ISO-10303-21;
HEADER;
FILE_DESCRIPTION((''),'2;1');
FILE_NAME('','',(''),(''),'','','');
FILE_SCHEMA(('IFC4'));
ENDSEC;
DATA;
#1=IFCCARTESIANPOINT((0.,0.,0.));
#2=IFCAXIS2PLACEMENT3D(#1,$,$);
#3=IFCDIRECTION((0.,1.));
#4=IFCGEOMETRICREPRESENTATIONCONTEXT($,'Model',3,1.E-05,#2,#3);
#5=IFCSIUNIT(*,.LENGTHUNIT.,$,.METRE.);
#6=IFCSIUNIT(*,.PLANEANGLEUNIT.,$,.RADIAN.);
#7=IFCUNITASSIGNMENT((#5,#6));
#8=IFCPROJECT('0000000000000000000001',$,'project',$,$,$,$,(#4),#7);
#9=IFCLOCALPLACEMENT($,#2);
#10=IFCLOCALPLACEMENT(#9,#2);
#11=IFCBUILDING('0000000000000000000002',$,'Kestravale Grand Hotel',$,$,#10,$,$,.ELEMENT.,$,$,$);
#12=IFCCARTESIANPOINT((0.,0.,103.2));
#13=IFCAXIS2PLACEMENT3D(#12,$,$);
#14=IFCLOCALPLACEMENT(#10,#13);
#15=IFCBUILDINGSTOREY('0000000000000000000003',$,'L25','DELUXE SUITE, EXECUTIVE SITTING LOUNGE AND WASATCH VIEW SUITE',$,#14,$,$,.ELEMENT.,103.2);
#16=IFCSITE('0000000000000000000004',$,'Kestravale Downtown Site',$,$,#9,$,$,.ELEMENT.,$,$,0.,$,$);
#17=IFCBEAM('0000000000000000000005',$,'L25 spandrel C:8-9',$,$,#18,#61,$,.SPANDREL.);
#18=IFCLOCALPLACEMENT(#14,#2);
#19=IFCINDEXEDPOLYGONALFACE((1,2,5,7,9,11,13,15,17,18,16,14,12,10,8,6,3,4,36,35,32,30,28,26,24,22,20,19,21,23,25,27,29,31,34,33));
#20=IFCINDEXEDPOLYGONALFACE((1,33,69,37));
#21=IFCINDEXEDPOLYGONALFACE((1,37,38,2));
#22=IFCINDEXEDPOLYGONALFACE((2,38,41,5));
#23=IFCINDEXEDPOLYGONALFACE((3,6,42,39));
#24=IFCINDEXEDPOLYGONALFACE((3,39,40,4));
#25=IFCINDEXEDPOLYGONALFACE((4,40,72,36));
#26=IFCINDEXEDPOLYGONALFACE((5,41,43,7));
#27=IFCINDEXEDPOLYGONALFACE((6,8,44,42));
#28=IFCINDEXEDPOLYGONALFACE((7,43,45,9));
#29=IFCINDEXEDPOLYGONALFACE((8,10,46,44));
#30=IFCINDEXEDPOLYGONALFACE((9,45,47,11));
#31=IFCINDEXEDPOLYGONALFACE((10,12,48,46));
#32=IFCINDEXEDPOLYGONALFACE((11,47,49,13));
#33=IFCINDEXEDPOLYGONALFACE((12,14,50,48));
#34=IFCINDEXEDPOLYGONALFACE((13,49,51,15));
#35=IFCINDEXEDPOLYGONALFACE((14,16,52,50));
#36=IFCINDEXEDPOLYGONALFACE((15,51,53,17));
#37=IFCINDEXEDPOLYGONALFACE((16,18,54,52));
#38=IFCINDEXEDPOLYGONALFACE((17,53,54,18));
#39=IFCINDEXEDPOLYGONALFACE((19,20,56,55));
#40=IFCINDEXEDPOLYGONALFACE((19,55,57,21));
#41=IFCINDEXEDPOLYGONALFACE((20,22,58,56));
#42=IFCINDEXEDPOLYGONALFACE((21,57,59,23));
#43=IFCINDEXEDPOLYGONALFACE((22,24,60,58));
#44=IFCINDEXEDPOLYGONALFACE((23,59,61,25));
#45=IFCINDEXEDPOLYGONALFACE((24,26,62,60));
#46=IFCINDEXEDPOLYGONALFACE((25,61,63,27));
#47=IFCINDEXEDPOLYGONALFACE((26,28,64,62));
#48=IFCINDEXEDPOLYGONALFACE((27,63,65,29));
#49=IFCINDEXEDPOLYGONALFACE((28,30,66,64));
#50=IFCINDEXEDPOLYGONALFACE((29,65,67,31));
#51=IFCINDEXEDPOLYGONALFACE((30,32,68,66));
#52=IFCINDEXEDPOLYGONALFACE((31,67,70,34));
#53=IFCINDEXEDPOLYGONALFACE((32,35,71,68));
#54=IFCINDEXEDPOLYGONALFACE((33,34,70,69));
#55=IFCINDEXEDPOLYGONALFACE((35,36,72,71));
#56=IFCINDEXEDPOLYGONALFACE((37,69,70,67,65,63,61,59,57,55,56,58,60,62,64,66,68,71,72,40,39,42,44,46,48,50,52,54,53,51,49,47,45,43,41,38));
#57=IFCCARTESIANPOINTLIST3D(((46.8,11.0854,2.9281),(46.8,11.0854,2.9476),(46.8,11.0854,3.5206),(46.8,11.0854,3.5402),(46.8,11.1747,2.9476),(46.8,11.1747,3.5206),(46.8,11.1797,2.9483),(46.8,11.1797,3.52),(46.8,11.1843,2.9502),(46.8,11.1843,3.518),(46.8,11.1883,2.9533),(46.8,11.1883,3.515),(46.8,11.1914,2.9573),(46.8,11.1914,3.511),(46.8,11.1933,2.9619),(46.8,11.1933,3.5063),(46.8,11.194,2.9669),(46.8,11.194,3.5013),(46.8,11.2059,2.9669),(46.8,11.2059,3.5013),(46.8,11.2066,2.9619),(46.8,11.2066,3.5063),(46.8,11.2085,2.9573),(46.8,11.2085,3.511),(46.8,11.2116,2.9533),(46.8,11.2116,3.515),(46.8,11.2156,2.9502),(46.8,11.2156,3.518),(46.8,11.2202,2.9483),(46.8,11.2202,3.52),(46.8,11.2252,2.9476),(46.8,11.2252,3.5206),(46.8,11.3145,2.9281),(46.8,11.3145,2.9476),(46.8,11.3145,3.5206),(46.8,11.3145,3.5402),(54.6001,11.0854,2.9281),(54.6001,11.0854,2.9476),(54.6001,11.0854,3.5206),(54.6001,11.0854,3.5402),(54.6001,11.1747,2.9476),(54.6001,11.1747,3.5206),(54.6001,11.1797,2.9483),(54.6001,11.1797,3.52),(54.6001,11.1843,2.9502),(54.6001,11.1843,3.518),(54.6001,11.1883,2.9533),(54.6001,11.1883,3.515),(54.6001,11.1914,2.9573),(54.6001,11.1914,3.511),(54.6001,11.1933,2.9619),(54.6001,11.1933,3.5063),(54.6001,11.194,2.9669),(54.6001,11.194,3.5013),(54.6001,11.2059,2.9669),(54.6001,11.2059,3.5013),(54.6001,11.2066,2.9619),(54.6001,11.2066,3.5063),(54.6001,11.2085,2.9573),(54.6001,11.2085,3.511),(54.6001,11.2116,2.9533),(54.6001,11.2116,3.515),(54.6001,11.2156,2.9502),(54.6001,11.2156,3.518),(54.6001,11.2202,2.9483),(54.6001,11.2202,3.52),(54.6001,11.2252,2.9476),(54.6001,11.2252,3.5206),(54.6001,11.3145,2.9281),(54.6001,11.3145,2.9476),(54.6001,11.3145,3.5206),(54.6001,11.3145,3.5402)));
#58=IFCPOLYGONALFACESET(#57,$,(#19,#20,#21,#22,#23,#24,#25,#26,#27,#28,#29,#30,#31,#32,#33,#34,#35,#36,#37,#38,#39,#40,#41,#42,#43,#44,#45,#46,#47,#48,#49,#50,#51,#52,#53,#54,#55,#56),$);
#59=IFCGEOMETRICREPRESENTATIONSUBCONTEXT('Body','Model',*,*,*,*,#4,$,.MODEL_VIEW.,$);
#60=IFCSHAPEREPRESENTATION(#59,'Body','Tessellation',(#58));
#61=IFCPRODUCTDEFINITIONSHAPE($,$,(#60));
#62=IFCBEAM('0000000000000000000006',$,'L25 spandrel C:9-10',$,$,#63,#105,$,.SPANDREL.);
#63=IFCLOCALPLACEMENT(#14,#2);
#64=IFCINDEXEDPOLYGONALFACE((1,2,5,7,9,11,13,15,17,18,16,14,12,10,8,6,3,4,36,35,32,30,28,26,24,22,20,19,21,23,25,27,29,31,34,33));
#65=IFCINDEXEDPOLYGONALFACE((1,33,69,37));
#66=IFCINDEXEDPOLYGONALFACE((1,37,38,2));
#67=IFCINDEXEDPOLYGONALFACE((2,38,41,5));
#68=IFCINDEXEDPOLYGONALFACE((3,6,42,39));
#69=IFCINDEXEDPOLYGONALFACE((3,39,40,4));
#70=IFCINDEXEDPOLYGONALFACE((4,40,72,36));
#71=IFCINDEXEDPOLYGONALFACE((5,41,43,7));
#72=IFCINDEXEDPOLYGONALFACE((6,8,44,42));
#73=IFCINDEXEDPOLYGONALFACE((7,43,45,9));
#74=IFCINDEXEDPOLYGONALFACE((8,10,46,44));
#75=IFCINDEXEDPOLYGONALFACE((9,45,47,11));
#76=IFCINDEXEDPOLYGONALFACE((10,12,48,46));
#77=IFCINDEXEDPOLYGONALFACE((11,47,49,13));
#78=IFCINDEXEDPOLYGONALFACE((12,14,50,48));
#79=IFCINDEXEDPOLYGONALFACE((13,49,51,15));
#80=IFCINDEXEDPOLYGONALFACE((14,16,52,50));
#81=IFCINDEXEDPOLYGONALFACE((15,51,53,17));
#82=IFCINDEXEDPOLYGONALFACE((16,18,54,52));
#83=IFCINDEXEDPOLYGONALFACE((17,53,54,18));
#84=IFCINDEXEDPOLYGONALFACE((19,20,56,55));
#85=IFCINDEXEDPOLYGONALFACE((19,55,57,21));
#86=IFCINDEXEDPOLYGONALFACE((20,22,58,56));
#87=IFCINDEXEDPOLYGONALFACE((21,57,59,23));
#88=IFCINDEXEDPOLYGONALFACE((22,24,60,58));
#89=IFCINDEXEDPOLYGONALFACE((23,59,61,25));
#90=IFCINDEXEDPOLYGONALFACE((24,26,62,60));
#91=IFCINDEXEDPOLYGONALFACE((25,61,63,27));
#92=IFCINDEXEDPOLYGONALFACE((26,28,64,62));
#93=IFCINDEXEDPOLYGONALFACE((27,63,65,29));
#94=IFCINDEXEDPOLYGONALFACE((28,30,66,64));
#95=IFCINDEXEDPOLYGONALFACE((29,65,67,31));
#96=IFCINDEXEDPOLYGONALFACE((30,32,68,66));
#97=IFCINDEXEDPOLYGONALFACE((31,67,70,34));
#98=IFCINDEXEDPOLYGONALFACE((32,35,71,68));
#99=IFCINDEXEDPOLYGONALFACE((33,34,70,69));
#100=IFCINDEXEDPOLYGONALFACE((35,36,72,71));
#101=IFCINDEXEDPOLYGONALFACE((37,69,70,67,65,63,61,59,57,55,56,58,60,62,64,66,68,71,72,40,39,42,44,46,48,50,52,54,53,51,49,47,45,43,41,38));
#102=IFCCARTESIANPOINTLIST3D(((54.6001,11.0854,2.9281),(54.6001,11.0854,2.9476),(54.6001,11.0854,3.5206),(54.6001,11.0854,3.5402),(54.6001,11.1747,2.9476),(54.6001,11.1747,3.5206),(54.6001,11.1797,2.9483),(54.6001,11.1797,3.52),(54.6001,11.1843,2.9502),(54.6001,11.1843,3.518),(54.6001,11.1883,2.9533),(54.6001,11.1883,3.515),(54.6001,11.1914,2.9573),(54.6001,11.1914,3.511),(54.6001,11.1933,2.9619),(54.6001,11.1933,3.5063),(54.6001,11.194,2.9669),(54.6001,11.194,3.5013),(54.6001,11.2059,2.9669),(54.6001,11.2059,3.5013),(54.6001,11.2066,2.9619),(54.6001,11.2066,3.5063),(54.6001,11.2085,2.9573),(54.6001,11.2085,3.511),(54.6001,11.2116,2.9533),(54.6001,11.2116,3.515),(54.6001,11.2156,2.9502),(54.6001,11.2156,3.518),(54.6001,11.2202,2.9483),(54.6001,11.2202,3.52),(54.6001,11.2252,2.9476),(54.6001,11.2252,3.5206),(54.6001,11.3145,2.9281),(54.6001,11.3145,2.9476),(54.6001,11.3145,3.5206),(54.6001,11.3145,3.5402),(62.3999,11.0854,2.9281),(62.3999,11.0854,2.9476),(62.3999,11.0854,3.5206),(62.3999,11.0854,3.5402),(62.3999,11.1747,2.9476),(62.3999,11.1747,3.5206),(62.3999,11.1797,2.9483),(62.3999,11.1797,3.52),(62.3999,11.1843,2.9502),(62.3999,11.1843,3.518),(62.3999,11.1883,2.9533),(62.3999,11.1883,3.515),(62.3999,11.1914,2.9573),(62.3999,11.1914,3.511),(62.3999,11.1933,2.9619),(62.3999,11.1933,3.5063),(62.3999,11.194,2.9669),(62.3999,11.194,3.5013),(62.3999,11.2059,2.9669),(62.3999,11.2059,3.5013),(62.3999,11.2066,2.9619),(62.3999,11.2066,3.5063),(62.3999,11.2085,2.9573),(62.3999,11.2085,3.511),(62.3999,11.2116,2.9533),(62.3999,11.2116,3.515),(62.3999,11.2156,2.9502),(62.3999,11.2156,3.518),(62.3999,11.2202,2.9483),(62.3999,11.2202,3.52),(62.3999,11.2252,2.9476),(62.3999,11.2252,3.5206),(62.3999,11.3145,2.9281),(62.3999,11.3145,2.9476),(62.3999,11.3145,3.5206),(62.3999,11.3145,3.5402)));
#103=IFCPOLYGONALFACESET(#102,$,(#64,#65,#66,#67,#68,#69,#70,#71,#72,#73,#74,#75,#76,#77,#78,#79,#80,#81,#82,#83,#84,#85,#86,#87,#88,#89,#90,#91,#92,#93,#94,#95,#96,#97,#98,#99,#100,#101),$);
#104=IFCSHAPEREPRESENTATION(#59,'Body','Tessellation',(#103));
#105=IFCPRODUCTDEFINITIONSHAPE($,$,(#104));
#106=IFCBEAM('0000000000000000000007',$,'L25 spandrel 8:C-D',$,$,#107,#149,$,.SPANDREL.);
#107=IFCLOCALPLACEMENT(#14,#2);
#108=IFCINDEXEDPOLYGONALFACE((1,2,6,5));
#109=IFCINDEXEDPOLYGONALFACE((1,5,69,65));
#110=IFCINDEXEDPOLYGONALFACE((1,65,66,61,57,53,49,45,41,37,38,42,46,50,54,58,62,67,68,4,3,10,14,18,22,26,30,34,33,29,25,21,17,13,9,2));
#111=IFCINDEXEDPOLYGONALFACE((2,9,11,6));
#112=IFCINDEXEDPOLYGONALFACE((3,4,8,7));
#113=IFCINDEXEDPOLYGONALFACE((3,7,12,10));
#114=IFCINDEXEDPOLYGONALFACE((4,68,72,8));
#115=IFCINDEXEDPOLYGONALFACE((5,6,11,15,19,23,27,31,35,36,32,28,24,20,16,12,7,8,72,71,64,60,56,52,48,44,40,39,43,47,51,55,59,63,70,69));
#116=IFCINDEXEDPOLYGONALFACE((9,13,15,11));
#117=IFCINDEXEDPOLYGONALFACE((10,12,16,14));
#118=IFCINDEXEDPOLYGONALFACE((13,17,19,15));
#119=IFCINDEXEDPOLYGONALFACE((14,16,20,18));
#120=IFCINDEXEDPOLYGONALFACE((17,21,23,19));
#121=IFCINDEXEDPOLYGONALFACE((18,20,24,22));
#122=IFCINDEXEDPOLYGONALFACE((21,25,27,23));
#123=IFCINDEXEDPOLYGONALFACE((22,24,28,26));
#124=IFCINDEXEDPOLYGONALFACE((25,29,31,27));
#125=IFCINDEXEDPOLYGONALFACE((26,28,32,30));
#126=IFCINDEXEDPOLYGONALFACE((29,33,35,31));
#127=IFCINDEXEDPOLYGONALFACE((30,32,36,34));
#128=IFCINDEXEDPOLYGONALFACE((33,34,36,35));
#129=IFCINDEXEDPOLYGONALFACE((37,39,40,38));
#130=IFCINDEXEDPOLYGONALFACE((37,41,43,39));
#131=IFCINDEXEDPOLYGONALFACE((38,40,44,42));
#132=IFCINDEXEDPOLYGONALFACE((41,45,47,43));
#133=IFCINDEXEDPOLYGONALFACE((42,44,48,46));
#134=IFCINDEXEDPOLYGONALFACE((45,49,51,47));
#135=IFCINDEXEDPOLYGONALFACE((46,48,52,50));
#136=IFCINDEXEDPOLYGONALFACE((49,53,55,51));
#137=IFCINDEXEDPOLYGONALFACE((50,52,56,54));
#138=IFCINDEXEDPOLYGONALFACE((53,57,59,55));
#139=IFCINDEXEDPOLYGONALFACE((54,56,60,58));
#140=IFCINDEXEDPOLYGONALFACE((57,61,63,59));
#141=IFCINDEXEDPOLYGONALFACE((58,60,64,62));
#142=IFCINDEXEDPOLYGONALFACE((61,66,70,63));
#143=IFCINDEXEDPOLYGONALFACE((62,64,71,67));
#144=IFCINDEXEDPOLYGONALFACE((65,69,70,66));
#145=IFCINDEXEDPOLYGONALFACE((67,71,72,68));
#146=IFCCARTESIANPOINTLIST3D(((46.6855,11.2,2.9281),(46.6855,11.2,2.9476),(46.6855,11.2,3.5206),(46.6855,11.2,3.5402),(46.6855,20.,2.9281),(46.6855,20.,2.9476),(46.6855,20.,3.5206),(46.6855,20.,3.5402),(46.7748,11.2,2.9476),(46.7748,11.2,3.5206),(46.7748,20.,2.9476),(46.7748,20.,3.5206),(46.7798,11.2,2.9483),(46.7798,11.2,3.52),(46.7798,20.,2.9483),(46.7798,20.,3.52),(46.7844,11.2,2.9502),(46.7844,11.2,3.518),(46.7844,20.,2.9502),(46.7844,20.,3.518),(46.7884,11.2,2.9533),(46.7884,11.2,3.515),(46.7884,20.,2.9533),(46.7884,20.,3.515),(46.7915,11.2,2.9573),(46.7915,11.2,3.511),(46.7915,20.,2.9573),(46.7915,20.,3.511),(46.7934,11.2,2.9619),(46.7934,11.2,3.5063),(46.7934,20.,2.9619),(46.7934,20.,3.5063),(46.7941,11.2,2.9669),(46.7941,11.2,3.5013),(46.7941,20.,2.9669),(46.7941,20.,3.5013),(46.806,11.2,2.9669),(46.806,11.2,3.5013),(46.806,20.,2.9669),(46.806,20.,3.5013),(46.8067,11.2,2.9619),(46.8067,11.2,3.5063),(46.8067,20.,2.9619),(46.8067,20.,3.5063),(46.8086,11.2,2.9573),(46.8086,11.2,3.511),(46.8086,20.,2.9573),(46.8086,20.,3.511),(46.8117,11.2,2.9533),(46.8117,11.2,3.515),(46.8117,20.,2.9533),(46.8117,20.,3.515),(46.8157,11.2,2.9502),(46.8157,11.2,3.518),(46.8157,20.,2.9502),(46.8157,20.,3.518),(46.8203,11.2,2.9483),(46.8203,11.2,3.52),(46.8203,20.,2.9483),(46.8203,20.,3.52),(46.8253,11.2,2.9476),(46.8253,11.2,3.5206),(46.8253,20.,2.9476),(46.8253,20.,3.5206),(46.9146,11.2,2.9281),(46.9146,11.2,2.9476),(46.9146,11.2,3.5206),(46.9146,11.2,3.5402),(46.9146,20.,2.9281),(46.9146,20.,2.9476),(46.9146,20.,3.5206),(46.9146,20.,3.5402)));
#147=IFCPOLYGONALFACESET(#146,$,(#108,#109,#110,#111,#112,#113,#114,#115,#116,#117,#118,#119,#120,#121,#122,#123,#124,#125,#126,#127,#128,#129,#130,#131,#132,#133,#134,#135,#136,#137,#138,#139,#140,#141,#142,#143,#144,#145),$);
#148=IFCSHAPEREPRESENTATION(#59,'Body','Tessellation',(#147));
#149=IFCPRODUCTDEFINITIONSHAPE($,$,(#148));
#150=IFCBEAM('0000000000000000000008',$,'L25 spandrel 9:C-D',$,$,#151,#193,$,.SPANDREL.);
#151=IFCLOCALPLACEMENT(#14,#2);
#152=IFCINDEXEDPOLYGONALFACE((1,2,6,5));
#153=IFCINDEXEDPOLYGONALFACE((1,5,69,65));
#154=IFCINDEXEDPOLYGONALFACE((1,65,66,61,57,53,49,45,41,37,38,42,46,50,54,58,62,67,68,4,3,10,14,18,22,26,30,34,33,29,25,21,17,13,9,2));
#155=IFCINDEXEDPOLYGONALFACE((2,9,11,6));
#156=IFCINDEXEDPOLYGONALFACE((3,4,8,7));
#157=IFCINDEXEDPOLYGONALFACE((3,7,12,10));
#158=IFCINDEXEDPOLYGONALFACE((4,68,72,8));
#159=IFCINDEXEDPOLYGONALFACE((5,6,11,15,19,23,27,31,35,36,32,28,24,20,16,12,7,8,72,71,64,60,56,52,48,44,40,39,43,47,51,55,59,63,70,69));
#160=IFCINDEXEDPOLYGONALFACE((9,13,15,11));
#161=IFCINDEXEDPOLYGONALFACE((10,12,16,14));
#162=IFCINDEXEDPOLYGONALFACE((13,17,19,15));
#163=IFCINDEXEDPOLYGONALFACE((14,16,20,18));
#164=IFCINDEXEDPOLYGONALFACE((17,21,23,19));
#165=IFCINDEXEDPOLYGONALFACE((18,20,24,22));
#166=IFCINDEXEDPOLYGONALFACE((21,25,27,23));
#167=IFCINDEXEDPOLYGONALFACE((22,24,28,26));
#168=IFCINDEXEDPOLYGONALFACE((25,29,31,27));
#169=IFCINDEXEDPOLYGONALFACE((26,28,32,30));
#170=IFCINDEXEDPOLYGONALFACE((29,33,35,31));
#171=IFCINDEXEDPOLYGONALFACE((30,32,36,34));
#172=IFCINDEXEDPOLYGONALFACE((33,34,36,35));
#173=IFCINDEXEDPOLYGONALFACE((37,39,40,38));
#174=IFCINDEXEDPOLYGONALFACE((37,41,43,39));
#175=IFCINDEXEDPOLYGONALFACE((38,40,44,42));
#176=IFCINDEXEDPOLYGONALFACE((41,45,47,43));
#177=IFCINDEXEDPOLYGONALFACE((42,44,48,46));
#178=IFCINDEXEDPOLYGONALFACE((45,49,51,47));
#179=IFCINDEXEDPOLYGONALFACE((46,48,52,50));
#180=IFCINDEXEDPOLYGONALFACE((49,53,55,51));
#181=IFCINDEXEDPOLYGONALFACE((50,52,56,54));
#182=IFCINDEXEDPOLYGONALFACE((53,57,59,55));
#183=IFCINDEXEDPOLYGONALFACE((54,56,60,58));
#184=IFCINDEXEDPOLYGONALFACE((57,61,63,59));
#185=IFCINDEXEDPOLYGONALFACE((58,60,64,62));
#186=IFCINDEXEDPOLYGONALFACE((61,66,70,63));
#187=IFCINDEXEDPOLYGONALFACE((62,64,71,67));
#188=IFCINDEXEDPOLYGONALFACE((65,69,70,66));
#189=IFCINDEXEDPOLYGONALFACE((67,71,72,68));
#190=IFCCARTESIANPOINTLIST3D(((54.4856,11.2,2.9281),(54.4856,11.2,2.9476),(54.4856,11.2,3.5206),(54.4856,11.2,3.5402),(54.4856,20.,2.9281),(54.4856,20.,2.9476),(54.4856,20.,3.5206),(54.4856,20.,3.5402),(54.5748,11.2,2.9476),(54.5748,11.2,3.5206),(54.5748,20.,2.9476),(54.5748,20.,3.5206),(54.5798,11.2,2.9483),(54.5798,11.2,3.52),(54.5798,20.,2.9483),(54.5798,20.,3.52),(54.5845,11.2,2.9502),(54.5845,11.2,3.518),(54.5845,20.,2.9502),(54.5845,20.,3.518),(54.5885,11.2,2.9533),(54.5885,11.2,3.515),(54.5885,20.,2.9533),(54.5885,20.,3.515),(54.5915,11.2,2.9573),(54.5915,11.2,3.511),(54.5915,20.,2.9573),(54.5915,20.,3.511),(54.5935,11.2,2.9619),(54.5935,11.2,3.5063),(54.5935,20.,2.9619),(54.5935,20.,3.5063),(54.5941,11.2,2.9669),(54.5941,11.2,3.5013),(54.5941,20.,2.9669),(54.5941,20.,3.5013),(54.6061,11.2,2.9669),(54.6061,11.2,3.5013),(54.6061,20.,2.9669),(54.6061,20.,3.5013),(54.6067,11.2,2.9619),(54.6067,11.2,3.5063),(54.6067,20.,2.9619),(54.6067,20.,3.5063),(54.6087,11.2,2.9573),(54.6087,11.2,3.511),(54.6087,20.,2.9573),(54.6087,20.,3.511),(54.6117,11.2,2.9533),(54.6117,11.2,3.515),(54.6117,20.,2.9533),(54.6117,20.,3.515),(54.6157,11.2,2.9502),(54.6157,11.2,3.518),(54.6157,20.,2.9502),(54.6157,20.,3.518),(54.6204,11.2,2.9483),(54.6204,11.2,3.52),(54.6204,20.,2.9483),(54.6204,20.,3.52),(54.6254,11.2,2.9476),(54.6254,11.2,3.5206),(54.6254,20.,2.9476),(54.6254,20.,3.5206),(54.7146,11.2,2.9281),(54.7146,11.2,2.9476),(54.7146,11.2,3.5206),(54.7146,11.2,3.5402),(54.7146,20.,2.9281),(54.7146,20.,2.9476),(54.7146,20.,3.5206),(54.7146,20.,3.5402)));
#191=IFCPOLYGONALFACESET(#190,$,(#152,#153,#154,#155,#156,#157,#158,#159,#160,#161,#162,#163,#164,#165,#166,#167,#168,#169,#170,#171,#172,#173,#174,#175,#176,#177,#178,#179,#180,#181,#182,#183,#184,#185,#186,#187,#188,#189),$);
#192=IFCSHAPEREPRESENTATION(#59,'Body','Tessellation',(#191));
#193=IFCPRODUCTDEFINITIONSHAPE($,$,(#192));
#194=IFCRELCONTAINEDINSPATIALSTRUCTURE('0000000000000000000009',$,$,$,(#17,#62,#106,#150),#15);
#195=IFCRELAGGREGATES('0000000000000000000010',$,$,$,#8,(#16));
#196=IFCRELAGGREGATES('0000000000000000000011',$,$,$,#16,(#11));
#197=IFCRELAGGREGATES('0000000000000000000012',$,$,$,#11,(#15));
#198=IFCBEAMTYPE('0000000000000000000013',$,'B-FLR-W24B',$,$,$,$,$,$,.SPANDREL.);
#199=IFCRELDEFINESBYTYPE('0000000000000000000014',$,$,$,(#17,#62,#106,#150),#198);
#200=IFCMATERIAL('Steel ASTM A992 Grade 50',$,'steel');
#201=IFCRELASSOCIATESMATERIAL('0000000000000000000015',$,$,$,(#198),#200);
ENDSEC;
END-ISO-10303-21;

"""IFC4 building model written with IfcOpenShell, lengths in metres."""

from ifc_helpers import new_model, si_unit, direction, frame, origin, origin_2d, place, context, subcontext, project, spatial, i_section, extrude, material, material_profile, profile_set, type_object, element, save


model = new_model("IFC4")

# Units and contexts
model_context = context("Model", 3, precision=1e-05, world=origin(), true_north=direction((0.0, 1.0)))
body_context = subcontext(model_context, "Body", "Model", "MODEL_VIEW")
ifc_project = project(units=[si_unit("LENGTHUNIT", "METRE"), si_unit("PLANEANGLEUNIT", "RADIAN")], contexts=[model_context])

# Site, building, storey
site_placement = place(None, origin())
site = spatial("IfcSite", under=ifc_project, at=site_placement, Name="Kestravale Downtown Site", CompositionType="ELEMENT", RefElevation=0.0)
building_placement = place(site_placement, origin())
building = spatial("IfcBuilding", under=site, at=building_placement, Name="Kestravale Grand Hotel", CompositionType="ELEMENT")
storey_placement = place(building_placement, frame((0.0, 0.0, 103.2)))
storey = spatial("IfcBuildingStorey", under=building, at=storey_placement, Name="L25", Description="DELUXE SUITE, EXECUTIVE SITTING LOUNGE AND WASATCH VIEW SUITE", CompositionType="ELEMENT", Elevation=103.2)

# Beams
ifc_material_1 = material(Name="Steel ASTM A992 Grade 50", Category="steel")
ifc_material_profile_1 = material_profile(ifc_material_1, i_section(OverallWidth=0.229, OverallDepth=0.6121, WebThickness=0.012, FlangeThickness=0.0195, FilletRadius=0.0193, at=origin_2d()))
ifc_profile_set_1 = profile_set([ifc_material_profile_1], Name="Steel ASTM A992 Grade 50")
beam_type_1 = type_object("IfcBeamType", Name="B-FLR-W24B", PredefinedType="SPANDREL", material=ifc_profile_set_1)
beam_1_placement = place(storey_placement, frame((46.8, 11.2, 3.2341), z_axis=(1.0, 0.0, 0.0), x_axis=(0.0, 1.0, 0.0)))
element("IfcBeam", 1, at=beam_1_placement, inside=storey, type_object=beam_type_1, Name="L25 spandrel C:8-9", PredefinedType="SPANDREL", context=body_context, shape_type="SweptSolid", body=[
    extrude(i_section(OverallWidth=0.229, OverallDepth=0.6121, WebThickness=0.012, FlangeThickness=0.0195, FilletRadius=0.0193, at=origin_2d()), origin(), (0.0, 0.0, 1.0), 7.8),
])
beam_2_placement = place(storey_placement, frame((54.6001, 11.2, 3.2341), z_axis=(1.0, 0.0, 0.0), x_axis=(0.0, 1.0, 0.0)))
element("IfcBeam", 2, at=beam_2_placement, inside=storey, type_object=beam_type_1, Name="L25 spandrel C:9-10", PredefinedType="SPANDREL", context=body_context, shape_type="SweptSolid", body=[
    extrude(i_section(OverallWidth=0.229, OverallDepth=0.6121, WebThickness=0.012, FlangeThickness=0.0195, FilletRadius=0.0193, at=origin_2d()), origin(), (0.0, 0.0, 1.0), 7.7998),
])
for number, where, z_axis, x_axis, name in (
    (3, (46.8, 11.2, 3.2341), (0.0, 1.0, 0.0), (-1.0, 0.0, 0.0), "L25 spandrel 8:C-D"),
    (4, (54.6001, 11.2, 3.2341), (0.0, 1.0, 0.0), (-1.0, 0.0, 0.0), "L25 spandrel 9:C-D"),
):
    element("IfcBeam", number, at=place(storey_placement, frame(where, z_axis=z_axis, x_axis=x_axis)), inside=storey, type_object=beam_type_1, Name=name, PredefinedType="SPANDREL", context=body_context, shape_type="SweptSolid", body=[
        extrude(i_section(OverallWidth=0.229, OverallDepth=0.6121, WebThickness=0.012, FlangeThickness=0.0195, FilletRadius=0.0193, at=origin_2d()), origin(), (0.0, 0.0, 1.0), 8.8),
    ])

save(model, "model.ifc")
